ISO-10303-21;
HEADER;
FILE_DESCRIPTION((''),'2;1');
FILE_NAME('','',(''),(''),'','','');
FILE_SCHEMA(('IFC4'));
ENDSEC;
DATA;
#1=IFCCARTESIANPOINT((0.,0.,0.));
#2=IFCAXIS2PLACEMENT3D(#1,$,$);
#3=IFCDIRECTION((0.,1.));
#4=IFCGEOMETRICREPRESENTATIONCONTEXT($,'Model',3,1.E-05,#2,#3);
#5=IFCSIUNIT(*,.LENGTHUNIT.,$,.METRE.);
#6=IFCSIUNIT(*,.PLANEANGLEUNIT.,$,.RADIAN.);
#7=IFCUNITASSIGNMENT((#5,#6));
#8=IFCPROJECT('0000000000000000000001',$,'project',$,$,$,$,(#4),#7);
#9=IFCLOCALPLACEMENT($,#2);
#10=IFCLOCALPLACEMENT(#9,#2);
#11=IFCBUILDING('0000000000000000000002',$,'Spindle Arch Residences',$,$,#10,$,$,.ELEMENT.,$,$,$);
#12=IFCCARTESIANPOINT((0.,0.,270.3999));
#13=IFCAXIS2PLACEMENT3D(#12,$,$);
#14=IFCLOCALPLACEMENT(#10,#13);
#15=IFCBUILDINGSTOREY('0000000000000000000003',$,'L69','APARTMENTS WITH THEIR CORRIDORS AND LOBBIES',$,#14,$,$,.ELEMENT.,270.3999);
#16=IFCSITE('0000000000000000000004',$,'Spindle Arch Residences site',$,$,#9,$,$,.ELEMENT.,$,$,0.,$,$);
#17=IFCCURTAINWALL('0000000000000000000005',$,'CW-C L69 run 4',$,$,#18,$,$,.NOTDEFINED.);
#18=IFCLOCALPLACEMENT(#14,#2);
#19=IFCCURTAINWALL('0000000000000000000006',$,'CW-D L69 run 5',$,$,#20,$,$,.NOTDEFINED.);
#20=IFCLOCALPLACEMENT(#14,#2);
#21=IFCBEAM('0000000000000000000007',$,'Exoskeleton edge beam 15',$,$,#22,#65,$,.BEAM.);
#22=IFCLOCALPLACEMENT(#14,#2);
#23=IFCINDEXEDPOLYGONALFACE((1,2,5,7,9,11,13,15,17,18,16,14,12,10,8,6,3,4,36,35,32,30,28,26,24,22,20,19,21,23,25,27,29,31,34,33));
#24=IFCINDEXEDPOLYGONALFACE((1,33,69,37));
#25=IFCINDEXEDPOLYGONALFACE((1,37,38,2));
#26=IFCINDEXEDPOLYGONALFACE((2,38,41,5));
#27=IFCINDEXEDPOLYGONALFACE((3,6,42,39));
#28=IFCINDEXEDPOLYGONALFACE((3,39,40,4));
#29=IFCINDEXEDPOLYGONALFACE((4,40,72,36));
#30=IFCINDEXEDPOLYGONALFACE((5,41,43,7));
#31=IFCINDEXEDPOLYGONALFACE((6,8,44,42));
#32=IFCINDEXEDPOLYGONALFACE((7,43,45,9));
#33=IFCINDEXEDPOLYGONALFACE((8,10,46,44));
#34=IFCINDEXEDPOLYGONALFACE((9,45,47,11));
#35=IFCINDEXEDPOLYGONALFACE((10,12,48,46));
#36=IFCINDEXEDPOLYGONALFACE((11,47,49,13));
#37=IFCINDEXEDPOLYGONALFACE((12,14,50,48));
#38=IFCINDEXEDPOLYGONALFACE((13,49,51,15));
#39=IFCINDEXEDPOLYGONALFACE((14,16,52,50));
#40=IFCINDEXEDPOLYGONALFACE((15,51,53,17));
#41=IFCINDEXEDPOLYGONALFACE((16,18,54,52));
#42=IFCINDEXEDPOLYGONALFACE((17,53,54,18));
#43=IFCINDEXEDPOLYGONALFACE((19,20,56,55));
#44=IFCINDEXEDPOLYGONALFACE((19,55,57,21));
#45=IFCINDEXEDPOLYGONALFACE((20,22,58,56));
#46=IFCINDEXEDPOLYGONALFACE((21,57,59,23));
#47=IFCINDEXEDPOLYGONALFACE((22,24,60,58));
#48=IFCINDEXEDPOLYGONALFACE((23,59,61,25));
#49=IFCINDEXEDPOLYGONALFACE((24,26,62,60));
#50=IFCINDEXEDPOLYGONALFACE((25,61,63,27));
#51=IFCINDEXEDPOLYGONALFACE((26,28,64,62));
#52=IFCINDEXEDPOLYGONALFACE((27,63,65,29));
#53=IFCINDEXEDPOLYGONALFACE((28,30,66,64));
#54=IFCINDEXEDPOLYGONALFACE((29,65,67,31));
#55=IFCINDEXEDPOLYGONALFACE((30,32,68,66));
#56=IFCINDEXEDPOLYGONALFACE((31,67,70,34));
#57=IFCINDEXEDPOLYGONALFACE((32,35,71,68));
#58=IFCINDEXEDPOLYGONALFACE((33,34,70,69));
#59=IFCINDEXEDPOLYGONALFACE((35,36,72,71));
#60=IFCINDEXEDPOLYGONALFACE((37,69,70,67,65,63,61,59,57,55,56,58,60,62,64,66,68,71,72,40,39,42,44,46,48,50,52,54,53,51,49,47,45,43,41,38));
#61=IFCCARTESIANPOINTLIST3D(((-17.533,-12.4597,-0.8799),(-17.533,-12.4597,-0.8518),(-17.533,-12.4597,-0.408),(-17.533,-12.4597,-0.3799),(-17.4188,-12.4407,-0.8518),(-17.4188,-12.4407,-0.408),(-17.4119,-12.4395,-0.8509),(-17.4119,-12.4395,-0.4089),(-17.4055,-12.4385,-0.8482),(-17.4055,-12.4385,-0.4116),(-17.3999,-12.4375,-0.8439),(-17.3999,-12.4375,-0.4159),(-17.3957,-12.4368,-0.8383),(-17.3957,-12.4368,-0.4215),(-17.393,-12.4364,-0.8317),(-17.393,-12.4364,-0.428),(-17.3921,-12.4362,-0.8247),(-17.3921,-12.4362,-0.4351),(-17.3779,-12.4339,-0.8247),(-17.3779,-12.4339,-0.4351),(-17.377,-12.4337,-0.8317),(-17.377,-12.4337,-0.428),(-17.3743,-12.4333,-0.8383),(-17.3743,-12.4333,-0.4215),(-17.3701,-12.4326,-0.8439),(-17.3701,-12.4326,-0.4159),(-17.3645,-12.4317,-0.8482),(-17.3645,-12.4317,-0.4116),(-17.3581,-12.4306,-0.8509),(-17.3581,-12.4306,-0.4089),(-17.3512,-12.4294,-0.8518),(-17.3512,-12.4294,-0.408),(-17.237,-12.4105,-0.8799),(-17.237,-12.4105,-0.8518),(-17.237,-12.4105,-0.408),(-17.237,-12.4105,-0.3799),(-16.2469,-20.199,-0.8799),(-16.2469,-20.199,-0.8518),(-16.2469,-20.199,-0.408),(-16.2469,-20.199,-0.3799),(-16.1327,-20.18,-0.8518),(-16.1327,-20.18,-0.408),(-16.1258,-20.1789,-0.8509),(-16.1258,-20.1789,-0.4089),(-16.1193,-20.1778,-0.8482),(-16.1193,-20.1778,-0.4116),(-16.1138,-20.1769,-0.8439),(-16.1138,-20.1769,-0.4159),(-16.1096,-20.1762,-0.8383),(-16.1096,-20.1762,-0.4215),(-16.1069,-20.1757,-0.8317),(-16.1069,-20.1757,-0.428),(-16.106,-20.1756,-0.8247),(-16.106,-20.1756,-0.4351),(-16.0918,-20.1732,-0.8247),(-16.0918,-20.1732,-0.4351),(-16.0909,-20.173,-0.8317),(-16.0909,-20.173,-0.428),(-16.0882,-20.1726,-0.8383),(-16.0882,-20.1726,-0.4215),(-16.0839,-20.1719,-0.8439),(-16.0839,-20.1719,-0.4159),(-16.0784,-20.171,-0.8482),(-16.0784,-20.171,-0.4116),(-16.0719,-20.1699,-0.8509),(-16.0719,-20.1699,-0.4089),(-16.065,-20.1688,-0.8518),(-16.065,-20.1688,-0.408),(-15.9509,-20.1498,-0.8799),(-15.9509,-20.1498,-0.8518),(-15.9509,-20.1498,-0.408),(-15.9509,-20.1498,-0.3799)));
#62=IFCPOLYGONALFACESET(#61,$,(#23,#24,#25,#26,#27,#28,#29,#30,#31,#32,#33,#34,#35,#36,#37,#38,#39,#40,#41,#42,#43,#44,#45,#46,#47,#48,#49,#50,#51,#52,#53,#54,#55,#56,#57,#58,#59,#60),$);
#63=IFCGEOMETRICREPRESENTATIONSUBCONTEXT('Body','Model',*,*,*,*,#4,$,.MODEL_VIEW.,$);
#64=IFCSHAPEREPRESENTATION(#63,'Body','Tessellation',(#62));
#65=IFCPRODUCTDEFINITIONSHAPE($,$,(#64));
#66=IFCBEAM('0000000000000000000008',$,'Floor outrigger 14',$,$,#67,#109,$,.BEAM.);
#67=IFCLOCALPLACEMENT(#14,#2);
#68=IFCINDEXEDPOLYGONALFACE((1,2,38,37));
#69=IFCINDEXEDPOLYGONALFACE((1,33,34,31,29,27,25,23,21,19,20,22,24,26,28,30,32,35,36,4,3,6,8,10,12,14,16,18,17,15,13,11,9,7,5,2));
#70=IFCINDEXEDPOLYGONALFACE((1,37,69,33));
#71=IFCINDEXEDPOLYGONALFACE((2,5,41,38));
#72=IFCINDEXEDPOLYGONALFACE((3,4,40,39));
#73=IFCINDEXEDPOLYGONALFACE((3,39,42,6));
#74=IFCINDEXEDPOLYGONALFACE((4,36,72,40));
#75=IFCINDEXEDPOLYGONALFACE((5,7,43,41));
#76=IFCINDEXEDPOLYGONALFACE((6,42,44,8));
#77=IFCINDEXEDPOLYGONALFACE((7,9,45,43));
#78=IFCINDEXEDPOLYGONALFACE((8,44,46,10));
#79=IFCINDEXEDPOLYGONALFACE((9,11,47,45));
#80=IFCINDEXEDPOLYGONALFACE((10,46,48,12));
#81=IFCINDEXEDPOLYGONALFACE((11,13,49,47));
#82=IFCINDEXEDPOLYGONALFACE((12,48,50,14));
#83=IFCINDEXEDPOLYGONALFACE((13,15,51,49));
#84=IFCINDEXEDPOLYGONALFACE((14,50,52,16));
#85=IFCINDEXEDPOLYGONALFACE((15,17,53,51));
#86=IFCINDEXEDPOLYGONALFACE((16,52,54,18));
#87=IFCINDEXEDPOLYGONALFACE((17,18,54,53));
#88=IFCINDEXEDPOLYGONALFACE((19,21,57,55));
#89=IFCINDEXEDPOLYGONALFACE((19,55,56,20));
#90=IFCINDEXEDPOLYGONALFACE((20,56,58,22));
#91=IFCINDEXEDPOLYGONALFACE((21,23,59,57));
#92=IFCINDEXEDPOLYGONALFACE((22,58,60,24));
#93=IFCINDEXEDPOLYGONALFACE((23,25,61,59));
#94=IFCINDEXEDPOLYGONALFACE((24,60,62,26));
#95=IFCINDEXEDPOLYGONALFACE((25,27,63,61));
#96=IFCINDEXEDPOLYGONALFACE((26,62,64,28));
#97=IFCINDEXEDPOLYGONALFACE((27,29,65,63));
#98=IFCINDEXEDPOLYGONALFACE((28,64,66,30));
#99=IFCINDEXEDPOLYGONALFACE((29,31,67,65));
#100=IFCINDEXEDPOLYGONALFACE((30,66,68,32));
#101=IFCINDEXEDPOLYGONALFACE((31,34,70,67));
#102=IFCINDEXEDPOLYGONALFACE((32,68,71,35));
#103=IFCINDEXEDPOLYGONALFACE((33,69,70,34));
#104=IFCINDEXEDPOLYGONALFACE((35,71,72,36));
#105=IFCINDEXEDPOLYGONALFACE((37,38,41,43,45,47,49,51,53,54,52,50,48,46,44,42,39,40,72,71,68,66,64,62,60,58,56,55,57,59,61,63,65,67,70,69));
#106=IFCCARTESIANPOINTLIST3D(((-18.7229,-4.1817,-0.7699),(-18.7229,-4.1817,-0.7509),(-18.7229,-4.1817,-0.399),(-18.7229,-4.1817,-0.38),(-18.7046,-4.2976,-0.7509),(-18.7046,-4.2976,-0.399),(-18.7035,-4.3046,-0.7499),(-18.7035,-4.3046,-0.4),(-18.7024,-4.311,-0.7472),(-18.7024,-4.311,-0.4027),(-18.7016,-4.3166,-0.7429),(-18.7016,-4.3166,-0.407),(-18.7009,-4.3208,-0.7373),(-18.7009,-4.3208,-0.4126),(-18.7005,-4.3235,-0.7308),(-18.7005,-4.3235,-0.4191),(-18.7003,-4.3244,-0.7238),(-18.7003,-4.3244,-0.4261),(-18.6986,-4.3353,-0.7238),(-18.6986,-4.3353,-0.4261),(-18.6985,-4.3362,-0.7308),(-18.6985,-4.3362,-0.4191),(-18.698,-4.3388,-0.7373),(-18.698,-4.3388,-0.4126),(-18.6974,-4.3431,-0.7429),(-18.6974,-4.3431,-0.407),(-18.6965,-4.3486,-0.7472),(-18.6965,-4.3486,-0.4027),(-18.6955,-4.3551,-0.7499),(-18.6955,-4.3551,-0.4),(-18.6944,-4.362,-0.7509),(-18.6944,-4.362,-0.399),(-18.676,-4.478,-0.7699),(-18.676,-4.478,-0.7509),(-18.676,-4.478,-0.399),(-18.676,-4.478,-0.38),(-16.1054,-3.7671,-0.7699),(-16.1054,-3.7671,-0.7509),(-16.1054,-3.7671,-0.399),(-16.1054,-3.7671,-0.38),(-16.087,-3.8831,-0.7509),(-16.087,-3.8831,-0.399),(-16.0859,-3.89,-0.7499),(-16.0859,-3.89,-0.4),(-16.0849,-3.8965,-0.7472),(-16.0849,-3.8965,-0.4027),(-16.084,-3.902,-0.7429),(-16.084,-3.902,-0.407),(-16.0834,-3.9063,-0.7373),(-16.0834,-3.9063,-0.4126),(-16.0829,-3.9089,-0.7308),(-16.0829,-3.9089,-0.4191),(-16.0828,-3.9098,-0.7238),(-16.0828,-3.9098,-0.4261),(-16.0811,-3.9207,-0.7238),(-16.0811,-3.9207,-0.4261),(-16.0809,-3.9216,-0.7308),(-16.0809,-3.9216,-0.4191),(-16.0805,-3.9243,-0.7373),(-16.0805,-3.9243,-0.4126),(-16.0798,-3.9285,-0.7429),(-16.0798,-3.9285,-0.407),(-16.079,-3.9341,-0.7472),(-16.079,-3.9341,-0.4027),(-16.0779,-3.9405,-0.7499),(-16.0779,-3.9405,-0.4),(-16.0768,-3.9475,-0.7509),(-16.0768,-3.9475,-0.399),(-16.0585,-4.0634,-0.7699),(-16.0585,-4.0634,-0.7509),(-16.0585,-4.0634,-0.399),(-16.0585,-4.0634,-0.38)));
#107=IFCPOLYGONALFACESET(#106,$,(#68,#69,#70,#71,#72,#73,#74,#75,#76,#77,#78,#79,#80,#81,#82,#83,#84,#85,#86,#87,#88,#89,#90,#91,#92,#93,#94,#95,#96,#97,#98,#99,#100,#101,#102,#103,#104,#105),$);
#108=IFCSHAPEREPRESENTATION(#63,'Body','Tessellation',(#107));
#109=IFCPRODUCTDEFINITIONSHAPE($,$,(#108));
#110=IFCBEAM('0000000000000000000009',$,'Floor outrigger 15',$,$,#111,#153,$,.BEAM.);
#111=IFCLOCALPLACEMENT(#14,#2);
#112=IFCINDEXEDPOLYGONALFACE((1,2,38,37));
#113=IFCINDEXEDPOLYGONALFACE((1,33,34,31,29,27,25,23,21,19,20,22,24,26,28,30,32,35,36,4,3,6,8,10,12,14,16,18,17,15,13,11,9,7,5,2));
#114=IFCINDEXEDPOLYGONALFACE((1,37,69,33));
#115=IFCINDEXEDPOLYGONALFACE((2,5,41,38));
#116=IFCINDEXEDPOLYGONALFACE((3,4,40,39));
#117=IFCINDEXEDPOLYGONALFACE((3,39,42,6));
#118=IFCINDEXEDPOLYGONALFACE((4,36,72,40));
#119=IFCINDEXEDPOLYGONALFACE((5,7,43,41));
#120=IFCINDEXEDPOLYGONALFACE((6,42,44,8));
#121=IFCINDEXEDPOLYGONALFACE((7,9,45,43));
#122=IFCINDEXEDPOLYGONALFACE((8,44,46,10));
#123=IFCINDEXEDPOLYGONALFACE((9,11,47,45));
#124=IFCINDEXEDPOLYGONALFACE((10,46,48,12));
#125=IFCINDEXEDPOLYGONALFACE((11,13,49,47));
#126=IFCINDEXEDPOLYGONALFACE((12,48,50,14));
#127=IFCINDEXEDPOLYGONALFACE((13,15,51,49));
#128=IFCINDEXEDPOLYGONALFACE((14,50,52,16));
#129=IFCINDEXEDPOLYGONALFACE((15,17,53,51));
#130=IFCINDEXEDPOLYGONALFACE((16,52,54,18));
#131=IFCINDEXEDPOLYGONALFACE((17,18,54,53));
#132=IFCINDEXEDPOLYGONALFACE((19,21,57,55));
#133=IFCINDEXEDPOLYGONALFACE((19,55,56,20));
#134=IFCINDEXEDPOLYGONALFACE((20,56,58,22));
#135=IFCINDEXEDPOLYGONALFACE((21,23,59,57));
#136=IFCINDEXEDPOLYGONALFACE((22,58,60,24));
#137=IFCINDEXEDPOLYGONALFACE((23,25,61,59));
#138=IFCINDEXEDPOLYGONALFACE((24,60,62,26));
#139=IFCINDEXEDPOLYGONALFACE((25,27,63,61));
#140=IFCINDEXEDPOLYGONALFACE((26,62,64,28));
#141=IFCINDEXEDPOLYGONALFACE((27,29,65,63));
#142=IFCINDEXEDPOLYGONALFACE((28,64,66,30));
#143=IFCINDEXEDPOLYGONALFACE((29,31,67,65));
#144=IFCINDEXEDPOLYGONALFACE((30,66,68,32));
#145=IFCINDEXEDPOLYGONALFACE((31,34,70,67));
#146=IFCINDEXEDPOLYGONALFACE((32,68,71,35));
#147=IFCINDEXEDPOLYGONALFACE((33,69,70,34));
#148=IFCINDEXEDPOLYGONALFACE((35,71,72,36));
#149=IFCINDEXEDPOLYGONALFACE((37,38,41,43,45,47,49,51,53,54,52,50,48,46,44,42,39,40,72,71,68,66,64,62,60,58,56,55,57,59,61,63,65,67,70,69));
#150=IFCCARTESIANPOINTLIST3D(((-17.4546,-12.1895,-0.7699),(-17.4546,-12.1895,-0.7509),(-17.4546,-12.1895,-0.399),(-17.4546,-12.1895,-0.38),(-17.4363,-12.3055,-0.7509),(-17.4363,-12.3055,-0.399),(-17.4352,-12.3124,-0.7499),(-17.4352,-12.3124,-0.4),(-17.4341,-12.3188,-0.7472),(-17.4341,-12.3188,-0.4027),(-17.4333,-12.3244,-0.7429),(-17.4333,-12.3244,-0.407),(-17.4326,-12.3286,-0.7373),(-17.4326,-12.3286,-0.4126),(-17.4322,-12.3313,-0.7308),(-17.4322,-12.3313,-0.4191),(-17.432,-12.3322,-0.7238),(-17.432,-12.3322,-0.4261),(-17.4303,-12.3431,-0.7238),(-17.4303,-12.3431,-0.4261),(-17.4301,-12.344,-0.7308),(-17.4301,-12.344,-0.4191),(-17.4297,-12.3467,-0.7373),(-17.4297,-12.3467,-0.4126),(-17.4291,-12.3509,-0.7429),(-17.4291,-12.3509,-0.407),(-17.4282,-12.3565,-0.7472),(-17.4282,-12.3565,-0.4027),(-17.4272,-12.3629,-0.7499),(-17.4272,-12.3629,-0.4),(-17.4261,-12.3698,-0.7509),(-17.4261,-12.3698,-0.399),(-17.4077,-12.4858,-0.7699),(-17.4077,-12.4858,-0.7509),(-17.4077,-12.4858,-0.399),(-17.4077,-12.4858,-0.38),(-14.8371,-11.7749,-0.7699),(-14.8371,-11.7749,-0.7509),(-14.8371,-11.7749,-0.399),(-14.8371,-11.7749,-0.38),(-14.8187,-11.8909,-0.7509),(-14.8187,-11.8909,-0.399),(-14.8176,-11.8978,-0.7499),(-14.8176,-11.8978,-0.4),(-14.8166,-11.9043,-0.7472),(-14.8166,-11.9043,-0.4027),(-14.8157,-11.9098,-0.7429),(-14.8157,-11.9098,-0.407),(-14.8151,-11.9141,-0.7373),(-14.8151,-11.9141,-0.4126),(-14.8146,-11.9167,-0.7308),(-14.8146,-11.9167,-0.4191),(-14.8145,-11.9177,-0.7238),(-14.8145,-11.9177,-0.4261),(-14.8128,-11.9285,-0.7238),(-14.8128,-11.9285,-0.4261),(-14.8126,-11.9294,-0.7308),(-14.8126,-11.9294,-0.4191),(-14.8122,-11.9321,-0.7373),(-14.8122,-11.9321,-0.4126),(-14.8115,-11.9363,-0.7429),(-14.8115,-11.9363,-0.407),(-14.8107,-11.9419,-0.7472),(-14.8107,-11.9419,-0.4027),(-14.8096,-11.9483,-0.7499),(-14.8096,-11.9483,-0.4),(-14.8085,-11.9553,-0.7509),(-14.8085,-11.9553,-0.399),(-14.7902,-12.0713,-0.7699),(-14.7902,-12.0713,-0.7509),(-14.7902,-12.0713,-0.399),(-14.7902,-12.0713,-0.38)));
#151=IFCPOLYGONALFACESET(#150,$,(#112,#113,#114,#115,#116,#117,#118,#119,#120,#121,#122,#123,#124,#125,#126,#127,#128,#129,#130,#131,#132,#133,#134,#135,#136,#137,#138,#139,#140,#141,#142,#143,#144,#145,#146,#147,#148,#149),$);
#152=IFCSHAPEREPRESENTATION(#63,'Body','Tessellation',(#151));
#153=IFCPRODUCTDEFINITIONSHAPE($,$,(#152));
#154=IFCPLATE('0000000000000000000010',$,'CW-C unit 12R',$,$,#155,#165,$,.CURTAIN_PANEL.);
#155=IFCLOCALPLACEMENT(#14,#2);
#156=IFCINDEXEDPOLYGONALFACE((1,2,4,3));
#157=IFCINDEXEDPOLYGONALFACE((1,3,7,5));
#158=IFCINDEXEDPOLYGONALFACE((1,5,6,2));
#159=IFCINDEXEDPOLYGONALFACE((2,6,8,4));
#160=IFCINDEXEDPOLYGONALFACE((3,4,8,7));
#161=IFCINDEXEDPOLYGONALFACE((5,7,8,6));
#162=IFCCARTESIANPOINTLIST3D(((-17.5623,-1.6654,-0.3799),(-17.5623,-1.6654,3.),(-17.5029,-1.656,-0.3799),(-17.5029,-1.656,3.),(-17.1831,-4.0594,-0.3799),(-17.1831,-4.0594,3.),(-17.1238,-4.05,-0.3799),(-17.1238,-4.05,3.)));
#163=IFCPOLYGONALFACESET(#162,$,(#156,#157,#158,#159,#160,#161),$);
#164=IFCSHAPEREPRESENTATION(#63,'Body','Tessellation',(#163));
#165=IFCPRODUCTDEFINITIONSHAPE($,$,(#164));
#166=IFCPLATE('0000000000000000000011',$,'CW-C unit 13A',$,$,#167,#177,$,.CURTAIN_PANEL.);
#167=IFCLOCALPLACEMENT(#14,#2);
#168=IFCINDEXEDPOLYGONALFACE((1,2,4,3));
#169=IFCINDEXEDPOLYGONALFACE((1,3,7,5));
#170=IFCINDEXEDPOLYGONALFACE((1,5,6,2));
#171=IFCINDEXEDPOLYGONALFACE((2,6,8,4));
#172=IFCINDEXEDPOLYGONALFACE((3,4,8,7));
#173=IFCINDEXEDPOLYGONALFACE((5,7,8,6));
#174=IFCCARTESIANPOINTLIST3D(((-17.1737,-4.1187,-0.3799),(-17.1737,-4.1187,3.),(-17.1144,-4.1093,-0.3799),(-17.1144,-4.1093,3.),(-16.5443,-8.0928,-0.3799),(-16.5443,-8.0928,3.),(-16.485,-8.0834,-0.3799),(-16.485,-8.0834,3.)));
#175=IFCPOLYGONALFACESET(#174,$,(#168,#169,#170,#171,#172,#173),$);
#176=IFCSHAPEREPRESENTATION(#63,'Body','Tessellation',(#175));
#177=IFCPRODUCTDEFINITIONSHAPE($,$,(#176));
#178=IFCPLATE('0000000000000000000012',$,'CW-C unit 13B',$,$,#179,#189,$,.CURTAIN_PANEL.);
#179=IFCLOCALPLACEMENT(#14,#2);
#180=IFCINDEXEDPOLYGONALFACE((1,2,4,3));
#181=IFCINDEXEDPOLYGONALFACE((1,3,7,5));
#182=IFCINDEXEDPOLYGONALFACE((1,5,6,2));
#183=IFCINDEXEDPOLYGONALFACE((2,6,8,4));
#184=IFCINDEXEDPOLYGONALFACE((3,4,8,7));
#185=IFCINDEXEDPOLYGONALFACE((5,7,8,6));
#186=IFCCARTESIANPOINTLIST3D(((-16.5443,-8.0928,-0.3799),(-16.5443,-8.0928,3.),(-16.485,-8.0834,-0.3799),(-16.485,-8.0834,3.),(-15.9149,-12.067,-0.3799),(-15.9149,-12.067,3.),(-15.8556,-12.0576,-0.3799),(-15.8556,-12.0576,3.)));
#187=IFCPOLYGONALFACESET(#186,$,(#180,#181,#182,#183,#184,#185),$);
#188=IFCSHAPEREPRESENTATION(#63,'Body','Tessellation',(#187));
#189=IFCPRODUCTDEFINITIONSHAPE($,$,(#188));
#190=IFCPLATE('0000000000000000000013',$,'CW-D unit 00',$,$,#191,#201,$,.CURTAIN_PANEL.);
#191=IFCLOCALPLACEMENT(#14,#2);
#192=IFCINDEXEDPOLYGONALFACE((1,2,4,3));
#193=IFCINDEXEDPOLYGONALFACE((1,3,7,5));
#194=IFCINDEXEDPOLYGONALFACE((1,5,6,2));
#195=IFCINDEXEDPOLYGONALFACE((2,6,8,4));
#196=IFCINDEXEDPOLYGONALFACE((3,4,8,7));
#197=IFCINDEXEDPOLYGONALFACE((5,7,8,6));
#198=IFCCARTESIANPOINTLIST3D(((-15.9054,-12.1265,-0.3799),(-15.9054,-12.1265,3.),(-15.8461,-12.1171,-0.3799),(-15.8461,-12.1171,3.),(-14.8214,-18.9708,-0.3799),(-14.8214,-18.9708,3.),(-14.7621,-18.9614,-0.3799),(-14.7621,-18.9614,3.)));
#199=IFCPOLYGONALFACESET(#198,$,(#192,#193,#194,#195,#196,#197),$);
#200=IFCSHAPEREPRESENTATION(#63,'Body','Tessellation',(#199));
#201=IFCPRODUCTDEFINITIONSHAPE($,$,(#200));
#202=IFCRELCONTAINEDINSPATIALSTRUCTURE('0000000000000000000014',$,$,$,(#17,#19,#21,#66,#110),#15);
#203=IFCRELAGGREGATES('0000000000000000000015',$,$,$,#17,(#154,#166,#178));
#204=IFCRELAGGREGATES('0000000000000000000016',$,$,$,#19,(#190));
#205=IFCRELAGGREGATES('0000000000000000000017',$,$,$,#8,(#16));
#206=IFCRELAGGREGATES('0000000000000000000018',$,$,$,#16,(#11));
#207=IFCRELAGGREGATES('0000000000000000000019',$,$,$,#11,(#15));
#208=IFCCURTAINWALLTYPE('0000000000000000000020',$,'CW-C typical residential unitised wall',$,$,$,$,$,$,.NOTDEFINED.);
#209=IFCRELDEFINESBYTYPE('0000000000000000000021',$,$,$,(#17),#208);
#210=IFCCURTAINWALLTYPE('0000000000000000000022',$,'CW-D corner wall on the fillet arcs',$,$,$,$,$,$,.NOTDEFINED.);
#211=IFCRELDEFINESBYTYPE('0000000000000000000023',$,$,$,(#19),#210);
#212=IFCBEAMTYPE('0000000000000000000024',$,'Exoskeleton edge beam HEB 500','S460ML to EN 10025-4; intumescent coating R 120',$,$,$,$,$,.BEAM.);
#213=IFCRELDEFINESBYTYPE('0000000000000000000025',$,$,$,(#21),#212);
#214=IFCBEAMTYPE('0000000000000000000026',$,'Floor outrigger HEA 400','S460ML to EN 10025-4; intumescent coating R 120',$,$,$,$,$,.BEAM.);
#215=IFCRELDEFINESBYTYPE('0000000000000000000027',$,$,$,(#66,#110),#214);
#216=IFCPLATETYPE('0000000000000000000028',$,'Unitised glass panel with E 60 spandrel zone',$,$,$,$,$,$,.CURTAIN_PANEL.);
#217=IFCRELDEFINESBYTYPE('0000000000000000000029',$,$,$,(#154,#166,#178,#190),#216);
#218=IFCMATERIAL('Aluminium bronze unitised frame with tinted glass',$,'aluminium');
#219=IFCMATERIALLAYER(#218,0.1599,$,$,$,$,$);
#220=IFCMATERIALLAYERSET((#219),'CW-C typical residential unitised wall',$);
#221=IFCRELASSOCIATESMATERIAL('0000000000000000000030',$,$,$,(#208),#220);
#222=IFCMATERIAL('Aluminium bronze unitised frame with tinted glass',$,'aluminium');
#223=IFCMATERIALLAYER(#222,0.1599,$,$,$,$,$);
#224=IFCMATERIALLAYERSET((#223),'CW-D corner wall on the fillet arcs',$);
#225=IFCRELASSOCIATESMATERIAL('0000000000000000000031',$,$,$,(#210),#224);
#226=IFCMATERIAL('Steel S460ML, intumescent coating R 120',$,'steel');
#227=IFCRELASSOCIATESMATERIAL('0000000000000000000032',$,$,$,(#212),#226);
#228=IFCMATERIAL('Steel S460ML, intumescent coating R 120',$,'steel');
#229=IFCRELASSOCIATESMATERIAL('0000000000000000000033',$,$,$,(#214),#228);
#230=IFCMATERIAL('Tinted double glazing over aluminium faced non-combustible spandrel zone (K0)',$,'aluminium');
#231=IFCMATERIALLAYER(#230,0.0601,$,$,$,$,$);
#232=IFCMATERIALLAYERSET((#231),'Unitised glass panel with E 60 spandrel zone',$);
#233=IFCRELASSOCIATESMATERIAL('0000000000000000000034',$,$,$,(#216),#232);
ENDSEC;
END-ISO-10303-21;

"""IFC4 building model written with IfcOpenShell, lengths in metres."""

from ifc_helpers import new_model, si_unit, direction, frame, origin, origin_2d, place, context, subcontext, project, spatial, rectangle, i_section, extrude, material, layer, layer_set, material_profile, profile_set, type_object, element, aggregate, save


model = new_model("IFC4")

# Units and contexts
model_context = context("Model", 3, precision=1e-05, world=origin(), true_north=direction((0.0, 1.0)))
body_context = subcontext(model_context, "Body", "Model", "MODEL_VIEW")
ifc_project = project(units=[si_unit("LENGTHUNIT", "METRE"), si_unit("PLANEANGLEUNIT", "RADIAN")], contexts=[model_context])

# Site, building, storey
site_placement = place(None, origin())
site = spatial("IfcSite", under=ifc_project, at=site_placement, Name="Spindle Arch Residences site", CompositionType="ELEMENT", RefElevation=0.0)
building_placement = place(site_placement, origin())
building = spatial("IfcBuilding", under=site, at=building_placement, Name="Spindle Arch Residences", CompositionType="ELEMENT")
storey_placement = place(building_placement, frame((0.0, 0.0, 270.3999)))
storey = spatial("IfcBuildingStorey", under=building, at=storey_placement, Name="L69", Description="APARTMENTS WITH THEIR CORRIDORS AND LOBBIES", CompositionType="ELEMENT", Elevation=270.3999)

# Curtain wall
ifc_material_1 = material(Name="Aluminium bronze unitised frame with tinted glass", Category="aluminium")
ifc_layer_1 = layer(ifc_material_1, 0.1599)
ifc_layer_set_1 = layer_set([ifc_layer_1], Name="CW-C typical residential unitised wall")
curtain_wall_type_1 = type_object("IfcCurtainWallType", Name="CW-C typical residential unitised wall", PredefinedType="NOTDEFINED", material=ifc_layer_set_1)
curtain_wall_1_placement = place(storey_placement, origin())
curtain_wall_1 = element("IfcCurtainWall", 1, at=curtain_wall_1_placement, inside=storey, type_object=curtain_wall_type_1, Name="CW-C L69 run 4", PredefinedType="NOTDEFINED")

# Curtain wall
ifc_material_2 = material(Name="Aluminium bronze unitised frame with tinted glass", Category="aluminium")
ifc_layer_2 = layer(ifc_material_2, 0.1599)
ifc_layer_set_2 = layer_set([ifc_layer_2], Name="CW-D corner wall on the fillet arcs")
curtain_wall_type_2 = type_object("IfcCurtainWallType", Name="CW-D corner wall on the fillet arcs", PredefinedType="NOTDEFINED", material=ifc_layer_set_2)
curtain_wall_2_placement = place(storey_placement, origin())
curtain_wall_2 = element("IfcCurtainWall", 2, at=curtain_wall_2_placement, inside=storey, type_object=curtain_wall_type_2, Name="CW-D L69 run 5", PredefinedType="NOTDEFINED")

# Beams
ifc_material_3 = material(Name="Steel S460ML, intumescent coating R 120", Category="steel")
ifc_material_profile_1 = material_profile(ifc_material_3, i_section(OverallWidth=0.3, OverallDepth=0.5, WebThickness=0.0144, FlangeThickness=0.0281, FilletRadius=0.0271, at=origin_2d()), Name="HEB 500")
ifc_profile_set_1 = profile_set([ifc_material_profile_1], Name="Steel S460ML, intumescent coating R 120")
beam_type_1 = type_object("IfcBeamType", Name="Exoskeleton edge beam HEB 500", Description="S460ML to EN 10025-4; intumescent coating R 120", PredefinedType="BEAM", material=ifc_profile_set_1)
beam_1_placement = place(storey_placement, frame((-17.385, -12.4351, -0.6299), z_axis=(0.163935, -0.986471, 0.0), x_axis=(0.986471, 0.163935, 0.0)))
element("IfcBeam", 3, at=beam_1_placement, inside=storey, type_object=beam_type_1, Name="Exoskeleton edge beam 15", PredefinedType="BEAM", context=body_context, shape_type="SweptSolid", body=[
    extrude(i_section(OverallWidth=0.3, OverallDepth=0.5, WebThickness=0.0144, FlangeThickness=0.0281, FilletRadius=0.0271, at=origin_2d()), origin(), (0.0, 0.0, 1.0), 7.8455),
])
ifc_material_4 = material(Name="Steel S460ML, intumescent coating R 120", Category="steel")
ifc_material_profile_2 = material_profile(ifc_material_4, i_section(OverallWidth=0.3, OverallDepth=0.3899, WebThickness=0.011, FlangeThickness=0.019, FilletRadius=0.0271, at=origin_2d()), Name="HEA 400")
ifc_profile_set_2 = profile_set([ifc_material_profile_2], Name="Steel S460ML, intumescent coating R 120")
beam_type_2 = type_object("IfcBeamType", Name="Floor outrigger HEA 400", Description="S460ML to EN 10025-4; intumescent coating R 120", PredefinedType="BEAM", material=ifc_profile_set_2)
for number, where, z_axis, x_axis, name in (
    (4, (-18.6995, -4.3298, -0.575), (0.987689, 0.156431, 0.0), (-0.156431, 0.987689, 0.0), "Floor outrigger 14"),
    (5, (-17.4312, -12.3376, -0.575), (0.987689, 0.156431, 0.0), (-0.156431, 0.987689, 0.0), "Floor outrigger 15"),
):
    element("IfcBeam", number, at=place(storey_placement, frame(where, z_axis=z_axis, x_axis=x_axis)), inside=storey, type_object=beam_type_2, Name=name, PredefinedType="BEAM", context=body_context, shape_type="SweptSolid", body=[
        extrude(i_section(OverallWidth=0.3, OverallDepth=0.3899, WebThickness=0.011, FlangeThickness=0.019, FilletRadius=0.0271, at=origin_2d()), origin(), (0.0, 0.0, 1.0), 2.6501),
    ])

# Plates
ifc_material_5 = material(Name="Tinted double glazing over aluminium faced non-combustible spandrel zone (K0)", Category="aluminium")
ifc_layer_3 = layer(ifc_material_5, 0.0601)
ifc_layer_set_3 = layer_set([ifc_layer_3], Name="Unitised glass panel with E 60 spandrel zone")
plate_type = type_object("IfcPlateType", Name="Unitised glass panel with E 60 spandrel zone", PredefinedType="CURTAIN_PANEL", material=ifc_layer_set_3)
plate_1_placement = place(storey_placement, frame((-17.343, -2.8577, -0.3799), z_axis=(0.0, 0.0, 1.0), x_axis=(0.156434, -0.987688, 0.0)))
plate_1 = element("IfcPlate", 6, at=plate_1_placement, type_object=plate_type, Name="CW-C unit 12R", PredefinedType="CURTAIN_PANEL", context=body_context, shape_type="SweptSolid", body=[
    extrude(rectangle(XDim=2.4238, YDim=0.0601, at=origin_2d()), origin(), (0.0, 0.0, 1.0), 3.3799),
])
plate_2_placement = place(storey_placement, frame((-16.8293, -6.1011, -0.3799), z_axis=(0.0, 0.0, 1.0), x_axis=(0.156434, -0.987688, 0.0)))
plate_2 = element("IfcPlate", 7, at=plate_2_placement, type_object=plate_type, Name="CW-C unit 13A", PredefinedType="CURTAIN_PANEL", context=body_context, shape_type="SweptSolid", body=[
    extrude(rectangle(XDim=4.0237, YDim=0.0601, at=origin_2d()), origin(), (0.0, 0.0, 1.0), 3.3799),
])
plate_3_placement = place(storey_placement, frame((-16.2, -10.0752, -0.3799), z_axis=(0.0, 0.0, 1.0), x_axis=(0.156434, -0.987688, 0.0)))
plate_3 = element("IfcPlate", 8, at=plate_3_placement, type_object=plate_type, Name="CW-C unit 13B", PredefinedType="CURTAIN_PANEL", context=body_context, shape_type="SweptSolid", body=[
    extrude(rectangle(XDim=4.0237, YDim=0.0601, at=origin_2d()), origin(), (0.0, 0.0, 1.0), 3.3799),
])
aggregate(curtain_wall_1, [plate_1, plate_2, plate_3])
plate_4_placement = place(storey_placement, frame((-15.3337, -15.5439, -0.3799), z_axis=(0.0, 0.0, 1.0), x_axis=(0.156434, -0.987688, 0.0)))
plate_4 = element("IfcPlate", 9, at=plate_4_placement, type_object=plate_type, Name="CW-D unit 00", PredefinedType="CURTAIN_PANEL", context=body_context, shape_type="SweptSolid", body=[
    extrude(rectangle(XDim=6.9297, YDim=0.0601, at=origin_2d()), origin(), (0.0, 0.0, 1.0), 3.3799),
])
aggregate(curtain_wall_2, [plate_4])

save(model, "model.ifc")
